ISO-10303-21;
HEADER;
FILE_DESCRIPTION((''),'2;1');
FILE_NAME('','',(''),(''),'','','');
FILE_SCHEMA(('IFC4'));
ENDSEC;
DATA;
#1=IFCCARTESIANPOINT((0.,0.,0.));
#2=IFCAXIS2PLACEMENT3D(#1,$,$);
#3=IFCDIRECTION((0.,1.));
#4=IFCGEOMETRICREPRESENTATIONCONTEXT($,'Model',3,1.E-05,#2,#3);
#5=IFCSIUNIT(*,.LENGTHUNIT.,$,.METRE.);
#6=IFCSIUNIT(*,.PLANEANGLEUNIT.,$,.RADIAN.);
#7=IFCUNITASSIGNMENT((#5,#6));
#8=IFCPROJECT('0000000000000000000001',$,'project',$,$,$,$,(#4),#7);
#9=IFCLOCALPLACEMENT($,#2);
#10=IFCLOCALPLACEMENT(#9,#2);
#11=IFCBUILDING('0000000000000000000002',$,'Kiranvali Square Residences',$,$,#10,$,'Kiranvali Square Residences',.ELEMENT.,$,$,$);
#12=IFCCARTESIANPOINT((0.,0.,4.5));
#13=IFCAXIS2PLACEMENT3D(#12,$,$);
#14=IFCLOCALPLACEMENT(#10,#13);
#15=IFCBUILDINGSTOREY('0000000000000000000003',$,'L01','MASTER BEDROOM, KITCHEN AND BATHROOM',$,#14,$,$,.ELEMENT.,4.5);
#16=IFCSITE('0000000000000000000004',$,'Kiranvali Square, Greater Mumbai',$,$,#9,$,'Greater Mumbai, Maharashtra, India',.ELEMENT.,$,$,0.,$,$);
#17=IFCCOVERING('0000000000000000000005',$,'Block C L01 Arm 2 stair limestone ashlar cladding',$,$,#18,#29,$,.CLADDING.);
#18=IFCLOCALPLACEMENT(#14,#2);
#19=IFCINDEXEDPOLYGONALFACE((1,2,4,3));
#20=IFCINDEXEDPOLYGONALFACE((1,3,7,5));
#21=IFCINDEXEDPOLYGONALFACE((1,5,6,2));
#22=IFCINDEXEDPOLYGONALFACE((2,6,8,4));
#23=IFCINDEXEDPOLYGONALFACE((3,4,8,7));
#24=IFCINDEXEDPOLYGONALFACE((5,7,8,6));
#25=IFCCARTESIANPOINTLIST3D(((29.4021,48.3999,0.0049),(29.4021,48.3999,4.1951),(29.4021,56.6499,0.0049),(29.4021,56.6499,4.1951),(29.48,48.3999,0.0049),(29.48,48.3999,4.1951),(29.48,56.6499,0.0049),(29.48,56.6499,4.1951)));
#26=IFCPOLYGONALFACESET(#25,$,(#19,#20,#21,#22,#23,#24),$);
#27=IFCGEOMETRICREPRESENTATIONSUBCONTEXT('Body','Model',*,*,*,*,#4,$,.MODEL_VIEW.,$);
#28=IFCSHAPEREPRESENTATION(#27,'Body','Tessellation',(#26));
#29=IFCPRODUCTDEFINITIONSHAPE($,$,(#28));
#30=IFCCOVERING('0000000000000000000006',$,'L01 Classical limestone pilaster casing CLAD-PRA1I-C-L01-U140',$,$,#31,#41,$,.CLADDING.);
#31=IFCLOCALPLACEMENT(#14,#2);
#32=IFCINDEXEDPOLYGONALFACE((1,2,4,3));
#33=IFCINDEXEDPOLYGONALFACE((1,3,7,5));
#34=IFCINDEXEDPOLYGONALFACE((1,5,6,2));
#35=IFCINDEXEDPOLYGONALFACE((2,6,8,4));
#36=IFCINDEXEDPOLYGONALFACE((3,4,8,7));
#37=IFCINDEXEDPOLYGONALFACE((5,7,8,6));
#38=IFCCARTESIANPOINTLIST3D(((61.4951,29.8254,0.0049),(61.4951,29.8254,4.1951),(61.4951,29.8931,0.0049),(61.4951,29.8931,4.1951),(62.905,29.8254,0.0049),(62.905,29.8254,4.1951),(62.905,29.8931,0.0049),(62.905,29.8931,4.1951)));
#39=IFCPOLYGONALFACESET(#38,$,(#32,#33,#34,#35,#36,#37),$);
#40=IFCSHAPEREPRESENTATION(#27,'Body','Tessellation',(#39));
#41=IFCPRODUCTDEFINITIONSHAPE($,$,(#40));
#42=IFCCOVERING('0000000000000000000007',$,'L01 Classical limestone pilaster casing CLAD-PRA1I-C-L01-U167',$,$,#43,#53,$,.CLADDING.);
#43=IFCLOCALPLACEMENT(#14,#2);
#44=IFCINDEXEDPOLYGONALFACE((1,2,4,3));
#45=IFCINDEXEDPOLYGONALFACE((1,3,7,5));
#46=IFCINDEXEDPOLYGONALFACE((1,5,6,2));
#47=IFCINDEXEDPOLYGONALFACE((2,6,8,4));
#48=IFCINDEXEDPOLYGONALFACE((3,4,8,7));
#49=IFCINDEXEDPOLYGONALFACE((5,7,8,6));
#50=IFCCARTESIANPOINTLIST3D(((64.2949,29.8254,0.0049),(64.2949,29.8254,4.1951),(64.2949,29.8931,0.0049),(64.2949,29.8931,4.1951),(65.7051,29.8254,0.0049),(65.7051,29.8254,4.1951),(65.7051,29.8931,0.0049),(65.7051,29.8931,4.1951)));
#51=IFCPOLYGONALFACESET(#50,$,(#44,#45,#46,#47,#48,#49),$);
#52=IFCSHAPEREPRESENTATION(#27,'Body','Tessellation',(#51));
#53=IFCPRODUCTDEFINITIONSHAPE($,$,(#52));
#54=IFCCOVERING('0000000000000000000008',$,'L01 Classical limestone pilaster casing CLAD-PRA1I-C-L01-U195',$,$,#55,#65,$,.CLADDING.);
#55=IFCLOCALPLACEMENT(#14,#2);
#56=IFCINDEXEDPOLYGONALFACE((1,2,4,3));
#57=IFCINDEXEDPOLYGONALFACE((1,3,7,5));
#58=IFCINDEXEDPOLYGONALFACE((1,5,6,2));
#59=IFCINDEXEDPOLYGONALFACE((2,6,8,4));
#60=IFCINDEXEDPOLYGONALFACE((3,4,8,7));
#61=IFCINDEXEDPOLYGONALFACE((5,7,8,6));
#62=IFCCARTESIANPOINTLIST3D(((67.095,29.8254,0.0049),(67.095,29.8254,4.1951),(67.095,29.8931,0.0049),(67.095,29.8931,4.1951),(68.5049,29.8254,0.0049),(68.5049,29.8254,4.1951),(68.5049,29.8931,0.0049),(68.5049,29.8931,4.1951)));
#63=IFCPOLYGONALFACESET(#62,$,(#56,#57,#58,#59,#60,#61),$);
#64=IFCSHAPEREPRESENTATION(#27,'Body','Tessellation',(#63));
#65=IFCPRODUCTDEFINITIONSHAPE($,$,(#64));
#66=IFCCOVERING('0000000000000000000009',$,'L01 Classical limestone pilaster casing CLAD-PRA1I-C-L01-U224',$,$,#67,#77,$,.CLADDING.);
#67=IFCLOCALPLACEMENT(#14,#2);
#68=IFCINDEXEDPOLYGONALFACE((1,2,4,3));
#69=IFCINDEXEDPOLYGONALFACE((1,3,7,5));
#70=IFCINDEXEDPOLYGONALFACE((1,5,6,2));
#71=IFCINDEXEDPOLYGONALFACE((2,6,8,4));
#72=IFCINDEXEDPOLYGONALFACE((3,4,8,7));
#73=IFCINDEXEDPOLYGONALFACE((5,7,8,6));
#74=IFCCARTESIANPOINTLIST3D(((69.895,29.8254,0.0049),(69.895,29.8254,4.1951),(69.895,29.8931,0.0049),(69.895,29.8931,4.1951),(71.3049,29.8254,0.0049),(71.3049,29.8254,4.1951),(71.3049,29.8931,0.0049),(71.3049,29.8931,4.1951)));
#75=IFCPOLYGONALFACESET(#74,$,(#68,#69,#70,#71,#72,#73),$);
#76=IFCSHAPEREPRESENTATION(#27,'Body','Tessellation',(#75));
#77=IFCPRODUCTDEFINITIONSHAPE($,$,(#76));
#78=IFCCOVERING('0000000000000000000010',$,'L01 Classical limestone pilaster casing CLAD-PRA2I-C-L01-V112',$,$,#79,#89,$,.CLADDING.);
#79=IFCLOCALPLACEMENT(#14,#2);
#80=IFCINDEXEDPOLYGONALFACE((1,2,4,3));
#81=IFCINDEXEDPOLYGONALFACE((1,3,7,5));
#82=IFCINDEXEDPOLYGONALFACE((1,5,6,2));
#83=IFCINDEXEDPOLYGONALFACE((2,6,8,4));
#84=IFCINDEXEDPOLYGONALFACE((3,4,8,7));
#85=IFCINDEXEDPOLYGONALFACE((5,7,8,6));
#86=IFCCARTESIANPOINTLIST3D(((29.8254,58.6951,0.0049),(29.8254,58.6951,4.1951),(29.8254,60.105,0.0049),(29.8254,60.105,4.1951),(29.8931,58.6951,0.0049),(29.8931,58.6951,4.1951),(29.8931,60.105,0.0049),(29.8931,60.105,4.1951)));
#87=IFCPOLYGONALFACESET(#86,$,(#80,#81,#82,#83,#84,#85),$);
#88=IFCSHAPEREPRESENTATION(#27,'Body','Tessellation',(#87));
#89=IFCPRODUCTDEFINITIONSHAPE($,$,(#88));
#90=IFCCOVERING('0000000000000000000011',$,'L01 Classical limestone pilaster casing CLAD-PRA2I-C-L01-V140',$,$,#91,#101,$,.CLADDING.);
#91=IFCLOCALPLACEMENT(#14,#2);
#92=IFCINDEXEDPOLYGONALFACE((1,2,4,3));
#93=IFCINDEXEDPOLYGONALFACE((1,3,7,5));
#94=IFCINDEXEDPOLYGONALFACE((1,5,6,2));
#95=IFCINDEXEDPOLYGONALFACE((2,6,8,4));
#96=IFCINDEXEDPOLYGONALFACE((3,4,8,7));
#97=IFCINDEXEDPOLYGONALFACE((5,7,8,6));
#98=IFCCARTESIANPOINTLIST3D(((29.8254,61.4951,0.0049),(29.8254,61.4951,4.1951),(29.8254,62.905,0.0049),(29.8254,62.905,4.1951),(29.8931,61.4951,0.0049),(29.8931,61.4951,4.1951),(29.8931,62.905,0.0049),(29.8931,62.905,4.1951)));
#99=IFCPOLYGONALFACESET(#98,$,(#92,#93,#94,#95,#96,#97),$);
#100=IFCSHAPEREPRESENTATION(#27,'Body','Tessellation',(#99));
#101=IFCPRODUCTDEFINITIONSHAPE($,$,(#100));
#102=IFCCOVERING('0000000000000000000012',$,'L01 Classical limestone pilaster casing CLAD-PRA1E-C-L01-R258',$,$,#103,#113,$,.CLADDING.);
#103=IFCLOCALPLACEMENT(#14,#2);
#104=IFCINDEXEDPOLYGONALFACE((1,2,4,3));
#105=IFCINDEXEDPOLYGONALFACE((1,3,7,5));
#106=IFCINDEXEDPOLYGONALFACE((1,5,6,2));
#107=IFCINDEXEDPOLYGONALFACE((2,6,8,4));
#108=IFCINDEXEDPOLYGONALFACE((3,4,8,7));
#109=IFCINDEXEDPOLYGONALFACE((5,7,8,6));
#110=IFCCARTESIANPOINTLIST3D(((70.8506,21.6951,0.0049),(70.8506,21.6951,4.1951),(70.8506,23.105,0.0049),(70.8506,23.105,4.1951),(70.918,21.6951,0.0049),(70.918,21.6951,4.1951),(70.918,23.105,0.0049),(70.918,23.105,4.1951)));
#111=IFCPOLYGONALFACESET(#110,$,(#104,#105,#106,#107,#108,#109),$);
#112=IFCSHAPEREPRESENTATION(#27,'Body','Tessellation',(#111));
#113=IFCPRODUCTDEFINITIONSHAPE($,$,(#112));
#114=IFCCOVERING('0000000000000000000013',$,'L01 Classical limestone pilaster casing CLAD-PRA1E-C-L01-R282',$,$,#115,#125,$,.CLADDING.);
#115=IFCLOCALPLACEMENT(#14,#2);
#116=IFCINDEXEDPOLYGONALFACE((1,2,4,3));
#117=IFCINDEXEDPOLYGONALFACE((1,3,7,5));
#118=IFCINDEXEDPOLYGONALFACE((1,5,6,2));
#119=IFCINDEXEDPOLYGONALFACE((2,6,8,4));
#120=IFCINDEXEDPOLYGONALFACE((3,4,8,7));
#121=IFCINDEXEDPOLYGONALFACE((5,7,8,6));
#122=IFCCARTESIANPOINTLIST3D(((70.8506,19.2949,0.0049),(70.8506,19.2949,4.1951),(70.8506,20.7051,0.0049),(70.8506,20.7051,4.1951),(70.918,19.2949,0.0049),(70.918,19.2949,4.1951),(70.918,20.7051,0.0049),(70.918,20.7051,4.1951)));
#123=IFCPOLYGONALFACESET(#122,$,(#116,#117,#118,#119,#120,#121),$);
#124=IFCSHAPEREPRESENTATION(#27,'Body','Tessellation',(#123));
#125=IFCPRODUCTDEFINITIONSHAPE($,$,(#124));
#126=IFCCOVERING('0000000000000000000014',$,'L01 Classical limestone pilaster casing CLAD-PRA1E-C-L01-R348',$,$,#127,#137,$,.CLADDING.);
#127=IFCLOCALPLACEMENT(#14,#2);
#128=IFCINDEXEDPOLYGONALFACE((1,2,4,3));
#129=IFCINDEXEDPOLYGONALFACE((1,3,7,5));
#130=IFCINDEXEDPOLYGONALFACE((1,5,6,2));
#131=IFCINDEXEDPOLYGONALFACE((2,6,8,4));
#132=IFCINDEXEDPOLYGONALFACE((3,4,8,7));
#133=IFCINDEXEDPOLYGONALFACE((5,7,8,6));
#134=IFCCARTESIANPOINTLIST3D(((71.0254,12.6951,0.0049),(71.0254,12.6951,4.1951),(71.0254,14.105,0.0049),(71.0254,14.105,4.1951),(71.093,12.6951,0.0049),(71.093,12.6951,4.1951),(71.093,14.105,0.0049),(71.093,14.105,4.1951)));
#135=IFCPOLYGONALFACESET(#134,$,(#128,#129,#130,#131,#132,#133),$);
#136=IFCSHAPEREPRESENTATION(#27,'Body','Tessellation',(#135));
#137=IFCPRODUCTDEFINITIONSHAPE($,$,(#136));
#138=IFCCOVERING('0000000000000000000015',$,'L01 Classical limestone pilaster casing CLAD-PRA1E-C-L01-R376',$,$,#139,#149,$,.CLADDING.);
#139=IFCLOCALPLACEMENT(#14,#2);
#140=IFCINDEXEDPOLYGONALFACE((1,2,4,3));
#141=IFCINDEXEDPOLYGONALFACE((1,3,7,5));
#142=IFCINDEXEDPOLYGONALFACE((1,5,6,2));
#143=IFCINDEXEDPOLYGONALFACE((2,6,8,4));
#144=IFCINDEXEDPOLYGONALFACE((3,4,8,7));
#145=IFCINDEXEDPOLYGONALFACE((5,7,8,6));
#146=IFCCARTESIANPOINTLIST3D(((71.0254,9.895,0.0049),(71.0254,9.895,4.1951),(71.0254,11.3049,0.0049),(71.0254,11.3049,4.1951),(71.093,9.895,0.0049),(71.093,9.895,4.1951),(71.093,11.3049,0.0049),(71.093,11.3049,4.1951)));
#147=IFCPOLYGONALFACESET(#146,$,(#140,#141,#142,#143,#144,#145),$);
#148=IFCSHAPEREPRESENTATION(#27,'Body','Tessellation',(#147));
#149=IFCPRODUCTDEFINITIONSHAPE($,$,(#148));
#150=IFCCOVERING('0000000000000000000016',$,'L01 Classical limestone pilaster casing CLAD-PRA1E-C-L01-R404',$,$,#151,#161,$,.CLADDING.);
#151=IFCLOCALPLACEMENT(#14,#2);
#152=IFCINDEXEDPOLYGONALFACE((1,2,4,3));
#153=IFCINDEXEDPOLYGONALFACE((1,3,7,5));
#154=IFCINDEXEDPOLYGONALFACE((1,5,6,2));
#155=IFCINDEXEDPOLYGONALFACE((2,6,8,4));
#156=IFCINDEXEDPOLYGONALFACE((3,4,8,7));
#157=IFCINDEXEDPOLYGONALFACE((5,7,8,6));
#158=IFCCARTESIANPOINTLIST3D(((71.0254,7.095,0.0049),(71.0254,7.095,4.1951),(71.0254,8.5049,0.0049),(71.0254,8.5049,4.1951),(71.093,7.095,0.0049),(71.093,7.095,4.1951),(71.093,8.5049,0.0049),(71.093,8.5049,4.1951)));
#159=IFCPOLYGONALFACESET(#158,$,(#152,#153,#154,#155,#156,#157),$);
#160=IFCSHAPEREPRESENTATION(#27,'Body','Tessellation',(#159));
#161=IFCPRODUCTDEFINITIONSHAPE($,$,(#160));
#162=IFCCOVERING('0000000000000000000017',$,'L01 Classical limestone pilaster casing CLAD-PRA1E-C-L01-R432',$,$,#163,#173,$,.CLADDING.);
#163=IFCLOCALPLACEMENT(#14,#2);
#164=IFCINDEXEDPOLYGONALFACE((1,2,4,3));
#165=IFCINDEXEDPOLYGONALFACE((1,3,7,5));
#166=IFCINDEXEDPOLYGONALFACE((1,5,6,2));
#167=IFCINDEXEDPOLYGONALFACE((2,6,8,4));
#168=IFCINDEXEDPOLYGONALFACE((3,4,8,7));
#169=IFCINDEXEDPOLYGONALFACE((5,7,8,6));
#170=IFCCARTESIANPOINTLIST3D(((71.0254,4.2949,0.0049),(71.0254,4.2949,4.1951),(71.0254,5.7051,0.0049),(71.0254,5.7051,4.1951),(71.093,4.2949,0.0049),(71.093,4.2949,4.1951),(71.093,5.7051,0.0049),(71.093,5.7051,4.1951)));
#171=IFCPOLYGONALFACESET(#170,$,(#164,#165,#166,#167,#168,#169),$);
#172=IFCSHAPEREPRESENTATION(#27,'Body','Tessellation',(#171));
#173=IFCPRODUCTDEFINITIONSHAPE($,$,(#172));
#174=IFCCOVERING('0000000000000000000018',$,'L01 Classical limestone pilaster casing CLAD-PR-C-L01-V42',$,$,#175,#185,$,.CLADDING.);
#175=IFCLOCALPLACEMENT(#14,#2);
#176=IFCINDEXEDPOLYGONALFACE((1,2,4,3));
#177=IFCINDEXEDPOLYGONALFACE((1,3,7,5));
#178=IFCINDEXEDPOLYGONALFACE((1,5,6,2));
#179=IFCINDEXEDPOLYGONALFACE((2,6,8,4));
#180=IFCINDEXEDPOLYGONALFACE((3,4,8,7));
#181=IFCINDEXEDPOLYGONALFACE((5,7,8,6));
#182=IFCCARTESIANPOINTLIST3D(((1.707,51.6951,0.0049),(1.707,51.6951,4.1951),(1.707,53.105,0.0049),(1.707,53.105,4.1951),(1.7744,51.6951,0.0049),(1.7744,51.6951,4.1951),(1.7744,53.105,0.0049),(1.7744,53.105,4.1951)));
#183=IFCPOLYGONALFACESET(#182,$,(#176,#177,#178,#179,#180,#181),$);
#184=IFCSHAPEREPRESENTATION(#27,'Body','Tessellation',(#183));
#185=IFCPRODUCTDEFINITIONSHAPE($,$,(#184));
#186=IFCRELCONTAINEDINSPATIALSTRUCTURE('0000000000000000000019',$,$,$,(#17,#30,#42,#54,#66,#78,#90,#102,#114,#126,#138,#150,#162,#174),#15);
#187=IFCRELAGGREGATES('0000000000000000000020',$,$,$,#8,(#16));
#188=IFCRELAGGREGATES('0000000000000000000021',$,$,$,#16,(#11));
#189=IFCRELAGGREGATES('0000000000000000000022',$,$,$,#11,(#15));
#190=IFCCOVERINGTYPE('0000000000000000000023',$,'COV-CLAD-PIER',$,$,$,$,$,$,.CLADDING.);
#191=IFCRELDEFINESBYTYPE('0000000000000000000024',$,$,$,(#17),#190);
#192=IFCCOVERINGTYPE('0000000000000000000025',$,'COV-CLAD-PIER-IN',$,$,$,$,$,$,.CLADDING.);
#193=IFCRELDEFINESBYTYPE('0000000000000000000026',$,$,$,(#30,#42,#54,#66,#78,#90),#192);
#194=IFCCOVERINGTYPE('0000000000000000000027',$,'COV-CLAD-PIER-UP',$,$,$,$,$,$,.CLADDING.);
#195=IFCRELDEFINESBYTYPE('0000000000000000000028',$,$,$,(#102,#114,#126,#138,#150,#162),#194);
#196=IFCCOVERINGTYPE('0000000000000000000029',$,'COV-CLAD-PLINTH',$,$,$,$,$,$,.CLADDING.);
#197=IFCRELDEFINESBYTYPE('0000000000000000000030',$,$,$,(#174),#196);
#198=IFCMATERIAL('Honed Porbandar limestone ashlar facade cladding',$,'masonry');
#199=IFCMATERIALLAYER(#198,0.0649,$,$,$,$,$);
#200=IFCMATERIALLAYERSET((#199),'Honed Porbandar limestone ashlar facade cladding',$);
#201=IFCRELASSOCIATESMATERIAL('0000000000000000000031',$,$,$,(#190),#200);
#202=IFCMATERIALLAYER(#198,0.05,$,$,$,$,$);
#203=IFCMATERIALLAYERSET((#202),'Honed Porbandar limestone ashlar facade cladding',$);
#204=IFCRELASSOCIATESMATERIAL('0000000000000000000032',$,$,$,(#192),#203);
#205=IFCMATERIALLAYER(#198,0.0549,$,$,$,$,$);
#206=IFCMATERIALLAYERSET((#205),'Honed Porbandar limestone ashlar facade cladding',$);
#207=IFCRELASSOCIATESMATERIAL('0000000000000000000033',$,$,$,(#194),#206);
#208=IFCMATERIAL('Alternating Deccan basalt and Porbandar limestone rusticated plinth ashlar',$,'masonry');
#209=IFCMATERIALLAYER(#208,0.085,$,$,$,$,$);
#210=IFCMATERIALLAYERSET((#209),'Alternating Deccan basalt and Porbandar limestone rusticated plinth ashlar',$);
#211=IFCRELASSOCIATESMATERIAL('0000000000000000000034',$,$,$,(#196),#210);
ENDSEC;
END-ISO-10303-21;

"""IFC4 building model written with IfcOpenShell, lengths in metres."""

from ifc_helpers import new_model, si_unit, direction, frame, origin, place, context, subcontext, project, spatial, polyline, outline, extrude, material, layer, layer_set, type_object, element, save


model = new_model("IFC4")

# Units and contexts
model_context = context("Model", 3, precision=1e-05, world=origin(), true_north=direction((0.0, 1.0)))
body_context = subcontext(model_context, "Body", "Model", "MODEL_VIEW")
ifc_project = project(units=[si_unit("LENGTHUNIT", "METRE"), si_unit("PLANEANGLEUNIT", "RADIAN")], contexts=[model_context])

# Site, building, storey
site_placement = place(None, origin())
site = spatial("IfcSite", under=ifc_project, at=site_placement, Name="Kiranvali Square, Greater Mumbai", LongName="Greater Mumbai, Maharashtra, India", CompositionType="ELEMENT", RefElevation=0.0)
building_placement = place(site_placement, origin())
building = spatial("IfcBuilding", under=site, at=building_placement, Name="Kiranvali Square Residences", LongName="Kiranvali Square Residences", CompositionType="ELEMENT")
storey_placement = place(building_placement, frame((0.0, 0.0, 4.5)))
storey = spatial("IfcBuildingStorey", under=building, at=storey_placement, Name="L01", Description="MASTER BEDROOM, KITCHEN AND BATHROOM", CompositionType="ELEMENT", Elevation=4.5)

# Coverings
ifc_material_1 = material(Name="Honed Porbandar limestone ashlar facade cladding", Category="masonry")
ifc_layer_1 = layer(ifc_material_1, 0.0649)
ifc_layer_set_1 = layer_set([ifc_layer_1], Name="Honed Porbandar limestone ashlar facade cladding")
covering_type_1 = type_object("IfcCoveringType", Name="COV-CLAD-PIER", PredefinedType="CLADDING", material=ifc_layer_set_1)
covering_1_placement = place(storey_placement, frame((0.0, 0.0, 0.0049)))
element("IfcCovering", 1, at=covering_1_placement, inside=storey, type_object=covering_type_1, Name="Block C L01 Arm 2 stair limestone ashlar cladding", PredefinedType="CLADDING", context=body_context, shape_type="SweptSolid", body=[
    extrude(outline(polyline([(29.48, 48.3999), (29.48, 56.6499), (29.4021, 56.6499), (29.4021, 48.3999), (29.48, 48.3999)])), origin(), (0.0, 0.0, 1.0), 4.1902),
])
ifc_layer_2 = layer(ifc_material_1, 0.05)
ifc_layer_set_2 = layer_set([ifc_layer_2], Name="Honed Porbandar limestone ashlar facade cladding")
covering_type_2 = type_object("IfcCoveringType", Name="COV-CLAD-PIER-IN", PredefinedType="CLADDING", material=ifc_layer_set_2)
covering_2_placement = place(storey_placement, frame((0.0, 0.0, 0.0049)))
element("IfcCovering", 2, at=covering_2_placement, inside=storey, type_object=covering_type_2, Name="L01 Classical limestone pilaster casing CLAD-PRA1I-C-L01-U140", PredefinedType="CLADDING", context=body_context, shape_type="SweptSolid", body=[
    extrude(outline(polyline([(61.4951, 29.8254), (62.905, 29.8254), (62.905, 29.8931), (61.4951, 29.8931), (61.4951, 29.8254)])), origin(), (0.0, 0.0, 1.0), 4.1902),
])
covering_3_placement = place(storey_placement, frame((0.0, 0.0, 0.0049)))
element("IfcCovering", 3, at=covering_3_placement, inside=storey, type_object=covering_type_2, Name="L01 Classical limestone pilaster casing CLAD-PRA1I-C-L01-U167", PredefinedType="CLADDING", context=body_context, shape_type="SweptSolid", body=[
    extrude(outline(polyline([(64.2949, 29.8254), (65.7051, 29.8254), (65.7051, 29.8931), (64.2949, 29.8931), (64.2949, 29.8254)])), origin(), (0.0, 0.0, 1.0), 4.1902),
])
covering_4_placement = place(storey_placement, frame((0.0, 0.0, 0.0049)))
element("IfcCovering", 4, at=covering_4_placement, inside=storey, type_object=covering_type_2, Name="L01 Classical limestone pilaster casing CLAD-PRA1I-C-L01-U195", PredefinedType="CLADDING", context=body_context, shape_type="SweptSolid", body=[
    extrude(outline(polyline([(67.095, 29.8254), (68.5049, 29.8254), (68.5049, 29.8931), (67.095, 29.8931), (67.095, 29.8254)])), origin(), (0.0, 0.0, 1.0), 4.1902),
])
covering_5_placement = place(storey_placement, frame((0.0, 0.0, 0.0049)))
element("IfcCovering", 5, at=covering_5_placement, inside=storey, type_object=covering_type_2, Name="L01 Classical limestone pilaster casing CLAD-PRA1I-C-L01-U224", PredefinedType="CLADDING", context=body_context, shape_type="SweptSolid", body=[
    extrude(outline(polyline([(69.895, 29.8254), (71.3049, 29.8254), (71.3049, 29.8931), (69.895, 29.8931), (69.895, 29.8254)])), origin(), (0.0, 0.0, 1.0), 4.1902),
])
covering_6_placement = place(storey_placement, frame((0.0, 0.0, 0.0049)))
element("IfcCovering", 6, at=covering_6_placement, inside=storey, type_object=covering_type_2, Name="L01 Classical limestone pilaster casing CLAD-PRA2I-C-L01-V112", PredefinedType="CLADDING", context=body_context, shape_type="SweptSolid", body=[
    extrude(outline(polyline([(29.8931, 58.6951), (29.8931, 60.105), (29.8254, 60.105), (29.8254, 58.6951), (29.8931, 58.6951)])), origin(), (0.0, 0.0, 1.0), 4.1902),
])
covering_7_placement = place(storey_placement, frame((0.0, 0.0, 0.0049)))
element("IfcCovering", 7, at=covering_7_placement, inside=storey, type_object=covering_type_2, Name="L01 Classical limestone pilaster casing CLAD-PRA2I-C-L01-V140", PredefinedType="CLADDING", context=body_context, shape_type="SweptSolid", body=[
    extrude(outline(polyline([(29.8931, 61.4951), (29.8931, 62.905), (29.8254, 62.905), (29.8254, 61.4951), (29.8931, 61.4951)])), origin(), (0.0, 0.0, 1.0), 4.1902),
])
ifc_layer_3 = layer(ifc_material_1, 0.0549)
ifc_layer_set_3 = layer_set([ifc_layer_3], Name="Honed Porbandar limestone ashlar facade cladding")
covering_type_3 = type_object("IfcCoveringType", Name="COV-CLAD-PIER-UP", PredefinedType="CLADDING", material=ifc_layer_set_3)
covering_8_placement = place(storey_placement, frame((0.0, 0.0, 0.0049)))
element("IfcCovering", 8, at=covering_8_placement, inside=storey, type_object=covering_type_3, Name="L01 Classical limestone pilaster casing CLAD-PRA1E-C-L01-R258", PredefinedType="CLADDING", context=body_context, shape_type="SweptSolid", body=[
    extrude(outline(polyline([(70.8506, 23.105), (70.8506, 21.6951), (70.918, 21.6951), (70.918, 23.105), (70.8506, 23.105)])), origin(), (0.0, 0.0, 1.0), 4.1902),
])
covering_9_placement = place(storey_placement, frame((0.0, 0.0, 0.0049)))
element("IfcCovering", 9, at=covering_9_placement, inside=storey, type_object=covering_type_3, Name="L01 Classical limestone pilaster casing CLAD-PRA1E-C-L01-R282", PredefinedType="CLADDING", context=body_context, shape_type="SweptSolid", body=[
    extrude(outline(polyline([(70.8506, 20.7051), (70.8506, 19.2949), (70.918, 19.2949), (70.918, 20.7051), (70.8506, 20.7051)])), origin(), (0.0, 0.0, 1.0), 4.1902),
])
covering_10_placement = place(storey_placement, frame((0.0, 0.0, 0.0049)))
element("IfcCovering", 10, at=covering_10_placement, inside=storey, type_object=covering_type_3, Name="L01 Classical limestone pilaster casing CLAD-PRA1E-C-L01-R348", PredefinedType="CLADDING", context=body_context, shape_type="SweptSolid", body=[
    extrude(outline(polyline([(71.0254, 14.105), (71.0254, 12.6951), (71.093, 12.6951), (71.093, 14.105), (71.0254, 14.105)])), origin(), (0.0, 0.0, 1.0), 4.1902),
])
covering_11_placement = place(storey_placement, frame((0.0, 0.0, 0.0049)))
element("IfcCovering", 11, at=covering_11_placement, inside=storey, type_object=covering_type_3, Name="L01 Classical limestone pilaster casing CLAD-PRA1E-C-L01-R376", PredefinedType="CLADDING", context=body_context, shape_type="SweptSolid", body=[
    extrude(outline(polyline([(71.0254, 11.3049), (71.0254, 9.895), (71.093, 9.895), (71.093, 11.3049), (71.0254, 11.3049)])), origin(), (0.0, 0.0, 1.0), 4.1902),
])
covering_12_placement = place(storey_placement, frame((0.0, 0.0, 0.0049)))
element("IfcCovering", 12, at=covering_12_placement, inside=storey, type_object=covering_type_3, Name="L01 Classical limestone pilaster casing CLAD-PRA1E-C-L01-R404", PredefinedType="CLADDING", context=body_context, shape_type="SweptSolid", body=[
    extrude(outline(polyline([(71.0254, 8.5049), (71.0254, 7.095), (71.093, 7.095), (71.093, 8.5049), (71.0254, 8.5049)])), origin(), (0.0, 0.0, 1.0), 4.1902),
])
covering_13_placement = place(storey_placement, frame((0.0, 0.0, 0.0049)))
element("IfcCovering", 13, at=covering_13_placement, inside=storey, type_object=covering_type_3, Name="L01 Classical limestone pilaster casing CLAD-PRA1E-C-L01-R432", PredefinedType="CLADDING", context=body_context, shape_type="SweptSolid", body=[
    extrude(outline(polyline([(71.0254, 5.7051), (71.0254, 4.2949), (71.093, 4.2949), (71.093, 5.7051), (71.0254, 5.7051)])), origin(), (0.0, 0.0, 1.0), 4.1902),
])
ifc_material_2 = material(Name="Alternating Deccan basalt and Porbandar limestone rusticated plinth ashlar", Category="masonry")
ifc_layer_4 = layer(ifc_material_2, 0.085)
ifc_layer_set_4 = layer_set([ifc_layer_4], Name="Alternating Deccan basalt and Porbandar limestone rusticated plinth ashlar")
covering_type_4 = type_object("IfcCoveringType", Name="COV-CLAD-PLINTH", PredefinedType="CLADDING", material=ifc_layer_set_4)
covering_14_placement = place(storey_placement, frame((0.0, 0.0, 0.0049)))
element("IfcCovering", 14, at=covering_14_placement, inside=storey, type_object=covering_type_4, Name="L01 Classical limestone pilaster casing CLAD-PR-C-L01-V42", PredefinedType="CLADDING", context=body_context, shape_type="SweptSolid", body=[
    extrude(outline(polyline([(1.7744, 51.6951), (1.7744, 53.105), (1.707, 53.105), (1.707, 51.6951), (1.7744, 51.6951)])), origin(), (0.0, 0.0, 1.0), 4.1902),
])

save(model, "model.ifc")
